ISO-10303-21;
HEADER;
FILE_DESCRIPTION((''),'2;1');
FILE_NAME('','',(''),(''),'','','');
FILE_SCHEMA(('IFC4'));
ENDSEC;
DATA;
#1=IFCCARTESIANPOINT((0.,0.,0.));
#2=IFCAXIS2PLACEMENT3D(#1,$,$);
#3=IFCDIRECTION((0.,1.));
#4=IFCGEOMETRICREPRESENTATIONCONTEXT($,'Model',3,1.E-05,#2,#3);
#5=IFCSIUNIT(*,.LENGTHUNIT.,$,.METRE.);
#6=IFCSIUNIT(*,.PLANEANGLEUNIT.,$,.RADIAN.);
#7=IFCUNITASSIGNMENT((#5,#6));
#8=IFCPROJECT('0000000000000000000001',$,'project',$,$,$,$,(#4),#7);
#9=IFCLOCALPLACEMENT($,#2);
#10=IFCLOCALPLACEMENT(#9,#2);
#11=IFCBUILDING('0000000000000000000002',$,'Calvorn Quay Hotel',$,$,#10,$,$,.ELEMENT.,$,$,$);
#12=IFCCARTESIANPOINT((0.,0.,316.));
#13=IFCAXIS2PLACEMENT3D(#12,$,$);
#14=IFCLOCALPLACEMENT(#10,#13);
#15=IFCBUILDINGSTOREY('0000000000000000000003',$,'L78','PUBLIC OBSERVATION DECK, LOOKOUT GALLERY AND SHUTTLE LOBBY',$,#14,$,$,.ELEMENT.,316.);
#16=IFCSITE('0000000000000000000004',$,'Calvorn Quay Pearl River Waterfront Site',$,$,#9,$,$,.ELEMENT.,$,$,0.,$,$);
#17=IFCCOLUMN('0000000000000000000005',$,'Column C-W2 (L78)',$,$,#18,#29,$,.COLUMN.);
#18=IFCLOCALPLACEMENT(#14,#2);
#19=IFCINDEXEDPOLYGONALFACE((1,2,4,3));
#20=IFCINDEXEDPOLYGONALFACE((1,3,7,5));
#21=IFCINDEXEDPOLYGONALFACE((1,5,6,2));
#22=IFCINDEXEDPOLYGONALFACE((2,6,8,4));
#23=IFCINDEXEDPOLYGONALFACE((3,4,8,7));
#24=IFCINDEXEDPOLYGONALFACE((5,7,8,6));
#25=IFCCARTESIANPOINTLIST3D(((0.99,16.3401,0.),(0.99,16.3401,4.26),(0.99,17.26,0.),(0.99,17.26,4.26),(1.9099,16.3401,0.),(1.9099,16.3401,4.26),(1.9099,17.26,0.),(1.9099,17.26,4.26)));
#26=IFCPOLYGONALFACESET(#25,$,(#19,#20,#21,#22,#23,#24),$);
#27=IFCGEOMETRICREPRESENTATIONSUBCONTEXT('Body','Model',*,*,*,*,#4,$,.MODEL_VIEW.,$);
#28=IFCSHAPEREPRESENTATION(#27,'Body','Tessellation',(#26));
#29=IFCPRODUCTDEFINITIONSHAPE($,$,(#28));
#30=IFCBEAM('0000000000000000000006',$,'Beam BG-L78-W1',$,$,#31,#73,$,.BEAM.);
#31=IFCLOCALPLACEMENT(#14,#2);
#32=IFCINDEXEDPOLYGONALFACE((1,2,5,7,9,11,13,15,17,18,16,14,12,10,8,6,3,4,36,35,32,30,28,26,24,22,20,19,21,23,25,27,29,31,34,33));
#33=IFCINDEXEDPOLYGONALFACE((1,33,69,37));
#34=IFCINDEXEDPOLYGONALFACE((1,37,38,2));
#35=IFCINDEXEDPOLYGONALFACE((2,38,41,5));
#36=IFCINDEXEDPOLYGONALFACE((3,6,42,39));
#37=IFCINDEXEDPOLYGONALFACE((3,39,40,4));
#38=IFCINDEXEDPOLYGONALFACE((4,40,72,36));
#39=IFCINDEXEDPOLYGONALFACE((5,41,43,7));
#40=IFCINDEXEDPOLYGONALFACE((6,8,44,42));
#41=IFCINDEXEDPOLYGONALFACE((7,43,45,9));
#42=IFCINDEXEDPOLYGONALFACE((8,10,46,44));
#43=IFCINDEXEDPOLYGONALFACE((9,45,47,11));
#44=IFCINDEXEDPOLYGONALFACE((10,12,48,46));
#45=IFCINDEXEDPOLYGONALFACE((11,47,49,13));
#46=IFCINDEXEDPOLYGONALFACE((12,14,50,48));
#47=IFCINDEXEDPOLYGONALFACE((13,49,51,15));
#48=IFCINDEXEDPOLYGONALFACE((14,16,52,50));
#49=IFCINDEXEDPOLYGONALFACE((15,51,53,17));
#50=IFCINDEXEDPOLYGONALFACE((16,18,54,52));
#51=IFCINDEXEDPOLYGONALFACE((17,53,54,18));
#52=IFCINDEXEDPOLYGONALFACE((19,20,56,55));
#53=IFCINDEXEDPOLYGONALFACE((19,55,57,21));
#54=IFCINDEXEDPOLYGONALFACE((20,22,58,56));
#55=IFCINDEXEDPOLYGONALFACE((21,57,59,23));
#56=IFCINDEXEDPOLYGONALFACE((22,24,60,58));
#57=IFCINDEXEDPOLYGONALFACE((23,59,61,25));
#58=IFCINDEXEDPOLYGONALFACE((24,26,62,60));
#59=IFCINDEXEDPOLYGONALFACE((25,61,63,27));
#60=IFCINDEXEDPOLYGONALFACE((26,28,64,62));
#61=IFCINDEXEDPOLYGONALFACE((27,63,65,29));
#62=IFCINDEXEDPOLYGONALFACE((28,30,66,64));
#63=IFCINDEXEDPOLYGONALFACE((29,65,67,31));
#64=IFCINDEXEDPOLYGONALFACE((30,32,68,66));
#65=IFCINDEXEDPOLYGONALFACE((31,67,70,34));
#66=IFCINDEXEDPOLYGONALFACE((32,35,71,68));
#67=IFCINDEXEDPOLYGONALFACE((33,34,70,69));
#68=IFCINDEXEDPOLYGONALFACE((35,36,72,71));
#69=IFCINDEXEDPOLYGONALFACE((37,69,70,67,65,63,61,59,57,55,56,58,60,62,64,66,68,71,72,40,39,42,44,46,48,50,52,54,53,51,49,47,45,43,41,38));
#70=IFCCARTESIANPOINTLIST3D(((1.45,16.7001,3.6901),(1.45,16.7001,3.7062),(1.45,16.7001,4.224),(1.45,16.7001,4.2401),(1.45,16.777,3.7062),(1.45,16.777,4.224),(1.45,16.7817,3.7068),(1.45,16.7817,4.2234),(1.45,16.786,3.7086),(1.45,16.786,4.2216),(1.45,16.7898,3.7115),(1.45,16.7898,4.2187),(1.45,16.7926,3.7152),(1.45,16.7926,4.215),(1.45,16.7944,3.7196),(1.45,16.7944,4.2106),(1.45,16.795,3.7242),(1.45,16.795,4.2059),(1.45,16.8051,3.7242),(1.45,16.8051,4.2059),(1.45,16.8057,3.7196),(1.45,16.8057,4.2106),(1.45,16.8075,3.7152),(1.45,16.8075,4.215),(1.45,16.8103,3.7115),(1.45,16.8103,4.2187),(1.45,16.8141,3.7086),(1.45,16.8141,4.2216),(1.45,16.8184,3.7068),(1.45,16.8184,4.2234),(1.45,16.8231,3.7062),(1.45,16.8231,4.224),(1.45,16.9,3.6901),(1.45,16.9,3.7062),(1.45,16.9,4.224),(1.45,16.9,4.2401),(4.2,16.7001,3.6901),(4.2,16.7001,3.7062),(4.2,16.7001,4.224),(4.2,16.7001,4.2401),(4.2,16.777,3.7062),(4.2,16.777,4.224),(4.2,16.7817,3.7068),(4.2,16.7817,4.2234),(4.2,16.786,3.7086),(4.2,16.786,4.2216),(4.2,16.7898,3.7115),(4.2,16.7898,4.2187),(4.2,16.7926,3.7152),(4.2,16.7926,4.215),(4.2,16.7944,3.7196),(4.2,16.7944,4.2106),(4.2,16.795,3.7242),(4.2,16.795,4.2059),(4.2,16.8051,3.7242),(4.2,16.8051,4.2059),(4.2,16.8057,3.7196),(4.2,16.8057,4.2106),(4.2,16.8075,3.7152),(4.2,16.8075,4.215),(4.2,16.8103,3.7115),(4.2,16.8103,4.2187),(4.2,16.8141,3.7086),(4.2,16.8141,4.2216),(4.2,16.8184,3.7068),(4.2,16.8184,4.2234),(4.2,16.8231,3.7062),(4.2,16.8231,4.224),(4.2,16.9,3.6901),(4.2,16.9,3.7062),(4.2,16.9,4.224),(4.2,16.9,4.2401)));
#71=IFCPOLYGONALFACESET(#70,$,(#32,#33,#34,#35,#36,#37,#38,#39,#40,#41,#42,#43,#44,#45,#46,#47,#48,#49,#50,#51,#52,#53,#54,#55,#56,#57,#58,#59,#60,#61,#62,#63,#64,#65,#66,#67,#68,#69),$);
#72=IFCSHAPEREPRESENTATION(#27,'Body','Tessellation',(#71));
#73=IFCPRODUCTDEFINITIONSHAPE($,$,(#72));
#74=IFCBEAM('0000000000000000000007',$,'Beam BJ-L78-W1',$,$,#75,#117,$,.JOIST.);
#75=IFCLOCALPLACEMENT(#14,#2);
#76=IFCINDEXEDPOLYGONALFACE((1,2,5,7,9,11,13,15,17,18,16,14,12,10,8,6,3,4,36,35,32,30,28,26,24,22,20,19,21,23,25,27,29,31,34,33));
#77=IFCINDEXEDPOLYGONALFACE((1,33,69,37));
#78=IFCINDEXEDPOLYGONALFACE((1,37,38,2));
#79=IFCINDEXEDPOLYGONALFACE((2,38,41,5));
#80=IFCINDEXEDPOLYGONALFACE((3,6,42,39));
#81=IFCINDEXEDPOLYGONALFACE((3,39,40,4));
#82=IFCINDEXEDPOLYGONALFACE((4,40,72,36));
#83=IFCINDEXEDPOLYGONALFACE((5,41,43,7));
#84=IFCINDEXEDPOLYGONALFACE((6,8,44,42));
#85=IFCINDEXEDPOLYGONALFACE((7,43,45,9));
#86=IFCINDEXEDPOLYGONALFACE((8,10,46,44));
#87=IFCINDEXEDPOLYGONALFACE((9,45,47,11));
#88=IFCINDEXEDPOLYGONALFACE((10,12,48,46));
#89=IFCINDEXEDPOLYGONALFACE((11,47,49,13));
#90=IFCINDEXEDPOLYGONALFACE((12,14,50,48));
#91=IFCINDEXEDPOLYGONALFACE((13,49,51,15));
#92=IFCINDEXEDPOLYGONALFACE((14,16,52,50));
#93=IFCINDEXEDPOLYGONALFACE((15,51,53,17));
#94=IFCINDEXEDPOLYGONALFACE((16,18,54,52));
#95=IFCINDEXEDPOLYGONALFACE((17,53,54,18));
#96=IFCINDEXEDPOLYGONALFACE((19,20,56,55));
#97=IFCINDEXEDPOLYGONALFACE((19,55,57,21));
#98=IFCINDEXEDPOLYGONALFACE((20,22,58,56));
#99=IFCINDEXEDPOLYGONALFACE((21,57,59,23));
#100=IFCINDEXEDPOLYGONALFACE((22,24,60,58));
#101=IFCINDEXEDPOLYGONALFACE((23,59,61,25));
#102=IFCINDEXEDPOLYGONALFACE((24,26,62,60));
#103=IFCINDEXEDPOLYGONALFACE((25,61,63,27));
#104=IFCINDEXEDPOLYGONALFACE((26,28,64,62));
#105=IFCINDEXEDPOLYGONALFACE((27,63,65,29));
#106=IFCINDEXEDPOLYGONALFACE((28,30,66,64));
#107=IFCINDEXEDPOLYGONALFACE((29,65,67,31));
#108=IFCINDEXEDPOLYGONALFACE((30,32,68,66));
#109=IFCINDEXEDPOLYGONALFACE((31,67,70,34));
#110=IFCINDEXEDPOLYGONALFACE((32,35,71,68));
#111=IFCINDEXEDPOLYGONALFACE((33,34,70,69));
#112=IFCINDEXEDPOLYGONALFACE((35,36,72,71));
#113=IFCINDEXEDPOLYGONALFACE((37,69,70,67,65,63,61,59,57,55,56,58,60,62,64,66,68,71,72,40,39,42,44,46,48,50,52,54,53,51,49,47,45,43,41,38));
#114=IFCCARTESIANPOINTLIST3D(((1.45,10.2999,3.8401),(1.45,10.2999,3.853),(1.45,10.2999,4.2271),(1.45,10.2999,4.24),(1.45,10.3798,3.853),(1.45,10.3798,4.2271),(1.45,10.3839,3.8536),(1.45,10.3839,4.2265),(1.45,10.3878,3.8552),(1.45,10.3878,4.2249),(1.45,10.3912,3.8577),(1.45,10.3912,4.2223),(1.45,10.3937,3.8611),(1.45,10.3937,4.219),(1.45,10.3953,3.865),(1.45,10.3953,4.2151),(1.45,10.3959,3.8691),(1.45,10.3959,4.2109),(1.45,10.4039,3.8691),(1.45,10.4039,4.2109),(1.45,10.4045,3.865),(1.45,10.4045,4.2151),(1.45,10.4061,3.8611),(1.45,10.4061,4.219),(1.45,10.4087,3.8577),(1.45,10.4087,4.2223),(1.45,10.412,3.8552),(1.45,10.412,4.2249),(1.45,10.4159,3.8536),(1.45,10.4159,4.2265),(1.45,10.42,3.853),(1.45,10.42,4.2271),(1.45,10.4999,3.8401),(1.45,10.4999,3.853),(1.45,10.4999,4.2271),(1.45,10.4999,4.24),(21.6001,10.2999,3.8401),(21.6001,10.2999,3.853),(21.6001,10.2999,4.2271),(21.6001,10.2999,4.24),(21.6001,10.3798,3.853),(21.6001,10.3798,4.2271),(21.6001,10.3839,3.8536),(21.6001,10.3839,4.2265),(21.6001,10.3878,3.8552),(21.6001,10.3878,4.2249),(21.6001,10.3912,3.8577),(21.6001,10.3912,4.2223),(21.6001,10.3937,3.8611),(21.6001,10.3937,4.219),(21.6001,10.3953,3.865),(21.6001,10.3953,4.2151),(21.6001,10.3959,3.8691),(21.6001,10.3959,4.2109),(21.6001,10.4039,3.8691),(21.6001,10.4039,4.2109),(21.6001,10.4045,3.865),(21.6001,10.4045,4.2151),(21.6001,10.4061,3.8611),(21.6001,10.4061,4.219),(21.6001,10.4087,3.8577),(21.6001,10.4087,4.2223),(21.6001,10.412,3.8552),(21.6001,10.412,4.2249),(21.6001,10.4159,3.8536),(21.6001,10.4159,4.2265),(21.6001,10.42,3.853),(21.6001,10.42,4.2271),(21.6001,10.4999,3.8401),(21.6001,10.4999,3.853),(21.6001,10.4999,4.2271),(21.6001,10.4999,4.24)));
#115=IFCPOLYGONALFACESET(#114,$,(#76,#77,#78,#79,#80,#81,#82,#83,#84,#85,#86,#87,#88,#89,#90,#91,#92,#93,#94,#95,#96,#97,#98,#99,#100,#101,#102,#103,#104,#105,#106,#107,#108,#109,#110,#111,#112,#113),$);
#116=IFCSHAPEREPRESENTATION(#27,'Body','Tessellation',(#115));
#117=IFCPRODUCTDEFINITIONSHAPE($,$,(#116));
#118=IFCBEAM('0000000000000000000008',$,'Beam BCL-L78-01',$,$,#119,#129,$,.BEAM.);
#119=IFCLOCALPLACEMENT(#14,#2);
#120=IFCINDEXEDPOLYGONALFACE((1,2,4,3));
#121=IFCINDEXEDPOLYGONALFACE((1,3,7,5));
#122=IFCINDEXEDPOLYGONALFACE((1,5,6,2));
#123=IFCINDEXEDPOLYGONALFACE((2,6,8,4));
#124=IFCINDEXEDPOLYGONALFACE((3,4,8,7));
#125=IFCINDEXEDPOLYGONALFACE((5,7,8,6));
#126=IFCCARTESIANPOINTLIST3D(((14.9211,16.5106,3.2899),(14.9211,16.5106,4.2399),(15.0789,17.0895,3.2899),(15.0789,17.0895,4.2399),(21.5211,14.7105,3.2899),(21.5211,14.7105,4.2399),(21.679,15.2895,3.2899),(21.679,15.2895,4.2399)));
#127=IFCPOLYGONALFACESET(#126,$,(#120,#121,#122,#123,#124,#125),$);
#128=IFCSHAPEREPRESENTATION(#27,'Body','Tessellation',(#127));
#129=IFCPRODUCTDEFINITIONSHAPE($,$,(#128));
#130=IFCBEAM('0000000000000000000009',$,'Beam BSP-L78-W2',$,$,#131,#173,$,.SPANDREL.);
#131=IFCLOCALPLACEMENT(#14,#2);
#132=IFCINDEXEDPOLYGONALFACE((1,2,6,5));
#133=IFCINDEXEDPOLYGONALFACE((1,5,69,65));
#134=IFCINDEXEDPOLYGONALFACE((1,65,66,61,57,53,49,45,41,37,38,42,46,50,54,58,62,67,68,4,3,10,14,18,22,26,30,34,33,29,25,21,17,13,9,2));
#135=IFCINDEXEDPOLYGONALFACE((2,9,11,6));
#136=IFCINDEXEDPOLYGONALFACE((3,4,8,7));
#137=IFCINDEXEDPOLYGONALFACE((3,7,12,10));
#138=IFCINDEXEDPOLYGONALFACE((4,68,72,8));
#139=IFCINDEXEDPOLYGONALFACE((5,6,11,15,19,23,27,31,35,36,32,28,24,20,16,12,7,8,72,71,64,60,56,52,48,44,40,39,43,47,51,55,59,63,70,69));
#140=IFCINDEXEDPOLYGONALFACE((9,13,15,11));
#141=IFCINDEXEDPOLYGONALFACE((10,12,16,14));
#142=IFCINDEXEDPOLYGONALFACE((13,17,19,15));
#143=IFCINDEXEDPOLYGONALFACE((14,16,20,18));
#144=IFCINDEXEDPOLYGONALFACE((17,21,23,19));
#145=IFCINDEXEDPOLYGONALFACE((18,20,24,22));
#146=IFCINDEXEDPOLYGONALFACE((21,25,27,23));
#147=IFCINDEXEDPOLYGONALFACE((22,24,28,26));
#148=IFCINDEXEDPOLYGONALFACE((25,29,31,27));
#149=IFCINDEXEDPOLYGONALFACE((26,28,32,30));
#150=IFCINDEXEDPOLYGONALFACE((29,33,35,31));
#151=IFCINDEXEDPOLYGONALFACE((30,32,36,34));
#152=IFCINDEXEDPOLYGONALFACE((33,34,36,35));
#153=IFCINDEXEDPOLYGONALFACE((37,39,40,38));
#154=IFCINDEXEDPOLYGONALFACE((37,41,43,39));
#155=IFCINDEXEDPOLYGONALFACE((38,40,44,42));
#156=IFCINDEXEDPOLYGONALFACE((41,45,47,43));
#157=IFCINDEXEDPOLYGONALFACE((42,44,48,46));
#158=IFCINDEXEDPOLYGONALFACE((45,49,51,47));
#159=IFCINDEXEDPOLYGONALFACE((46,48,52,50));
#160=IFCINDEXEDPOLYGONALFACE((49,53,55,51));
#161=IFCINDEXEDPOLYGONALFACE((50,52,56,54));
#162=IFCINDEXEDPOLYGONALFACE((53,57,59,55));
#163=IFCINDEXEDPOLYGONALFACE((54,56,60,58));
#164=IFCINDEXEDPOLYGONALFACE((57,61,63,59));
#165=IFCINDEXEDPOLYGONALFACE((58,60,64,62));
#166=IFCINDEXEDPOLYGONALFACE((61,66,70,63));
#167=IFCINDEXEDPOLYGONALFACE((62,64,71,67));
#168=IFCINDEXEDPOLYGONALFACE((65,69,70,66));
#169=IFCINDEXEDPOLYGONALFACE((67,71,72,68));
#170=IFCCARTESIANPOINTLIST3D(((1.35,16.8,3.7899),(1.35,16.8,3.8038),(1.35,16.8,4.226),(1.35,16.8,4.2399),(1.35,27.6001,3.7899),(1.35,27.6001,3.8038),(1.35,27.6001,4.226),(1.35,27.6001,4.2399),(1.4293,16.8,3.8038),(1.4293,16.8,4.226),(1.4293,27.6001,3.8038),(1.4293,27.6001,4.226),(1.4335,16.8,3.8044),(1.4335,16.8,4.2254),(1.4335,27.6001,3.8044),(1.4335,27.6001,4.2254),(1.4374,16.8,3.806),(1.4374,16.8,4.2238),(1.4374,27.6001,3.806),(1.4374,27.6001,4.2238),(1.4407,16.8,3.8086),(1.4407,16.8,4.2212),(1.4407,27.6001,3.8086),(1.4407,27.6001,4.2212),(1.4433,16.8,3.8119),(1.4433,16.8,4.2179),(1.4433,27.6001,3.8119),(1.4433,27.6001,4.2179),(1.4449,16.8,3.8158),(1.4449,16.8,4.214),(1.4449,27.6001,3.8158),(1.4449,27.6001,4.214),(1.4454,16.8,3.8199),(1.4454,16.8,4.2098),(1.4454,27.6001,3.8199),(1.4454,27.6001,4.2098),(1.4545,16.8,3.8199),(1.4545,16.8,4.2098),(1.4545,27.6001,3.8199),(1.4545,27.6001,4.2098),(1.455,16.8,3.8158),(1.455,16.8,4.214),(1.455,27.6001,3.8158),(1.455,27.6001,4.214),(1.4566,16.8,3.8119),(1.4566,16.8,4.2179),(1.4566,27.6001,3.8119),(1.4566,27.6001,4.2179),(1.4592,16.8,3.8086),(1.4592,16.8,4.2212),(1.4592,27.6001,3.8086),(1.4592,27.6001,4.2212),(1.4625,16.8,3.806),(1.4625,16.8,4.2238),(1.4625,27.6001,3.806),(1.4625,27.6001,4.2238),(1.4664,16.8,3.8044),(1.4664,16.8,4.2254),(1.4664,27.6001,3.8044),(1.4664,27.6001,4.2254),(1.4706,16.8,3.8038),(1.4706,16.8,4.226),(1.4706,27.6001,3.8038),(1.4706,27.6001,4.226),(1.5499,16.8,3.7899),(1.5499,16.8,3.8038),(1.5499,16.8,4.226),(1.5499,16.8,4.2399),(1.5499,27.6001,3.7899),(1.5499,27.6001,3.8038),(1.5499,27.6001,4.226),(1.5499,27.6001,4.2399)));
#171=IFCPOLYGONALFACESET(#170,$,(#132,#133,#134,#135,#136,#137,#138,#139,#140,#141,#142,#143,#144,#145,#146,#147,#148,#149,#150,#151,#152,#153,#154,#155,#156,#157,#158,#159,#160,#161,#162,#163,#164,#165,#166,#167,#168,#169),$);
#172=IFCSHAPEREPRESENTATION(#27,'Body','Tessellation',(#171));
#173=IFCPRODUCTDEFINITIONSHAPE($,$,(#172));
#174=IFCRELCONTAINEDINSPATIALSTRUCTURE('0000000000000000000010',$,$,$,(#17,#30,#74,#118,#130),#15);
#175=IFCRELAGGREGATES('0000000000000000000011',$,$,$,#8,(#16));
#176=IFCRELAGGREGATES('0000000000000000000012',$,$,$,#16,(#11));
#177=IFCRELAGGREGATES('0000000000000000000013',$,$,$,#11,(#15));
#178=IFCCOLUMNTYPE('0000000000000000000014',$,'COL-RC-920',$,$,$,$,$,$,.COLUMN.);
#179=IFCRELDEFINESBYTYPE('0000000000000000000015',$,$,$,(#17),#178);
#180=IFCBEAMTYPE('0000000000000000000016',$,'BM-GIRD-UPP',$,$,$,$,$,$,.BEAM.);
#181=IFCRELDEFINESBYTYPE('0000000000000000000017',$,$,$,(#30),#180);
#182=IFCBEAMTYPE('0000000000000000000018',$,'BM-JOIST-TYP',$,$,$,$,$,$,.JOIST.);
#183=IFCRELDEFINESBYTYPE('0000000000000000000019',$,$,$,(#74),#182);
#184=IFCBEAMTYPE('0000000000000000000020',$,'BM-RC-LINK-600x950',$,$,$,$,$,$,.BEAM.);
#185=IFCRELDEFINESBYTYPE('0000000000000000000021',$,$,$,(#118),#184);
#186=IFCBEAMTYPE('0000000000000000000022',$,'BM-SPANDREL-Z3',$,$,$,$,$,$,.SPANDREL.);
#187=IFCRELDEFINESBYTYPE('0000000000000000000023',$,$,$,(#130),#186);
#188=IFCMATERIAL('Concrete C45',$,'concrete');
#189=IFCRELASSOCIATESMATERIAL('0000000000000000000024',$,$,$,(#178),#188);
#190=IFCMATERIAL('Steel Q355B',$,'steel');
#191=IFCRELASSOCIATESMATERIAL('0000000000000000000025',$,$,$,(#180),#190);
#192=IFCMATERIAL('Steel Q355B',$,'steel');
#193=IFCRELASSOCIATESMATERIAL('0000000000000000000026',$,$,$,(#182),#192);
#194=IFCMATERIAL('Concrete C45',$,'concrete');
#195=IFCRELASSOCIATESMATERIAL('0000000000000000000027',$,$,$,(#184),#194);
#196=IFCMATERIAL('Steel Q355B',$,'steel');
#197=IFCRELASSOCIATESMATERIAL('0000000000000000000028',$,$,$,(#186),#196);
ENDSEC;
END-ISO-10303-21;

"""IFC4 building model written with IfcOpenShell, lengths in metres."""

from ifc_helpers import new_model, si_unit, direction, frame, origin, origin_2d, place, context, subcontext, project, spatial, rectangle, i_section, extrude, material, material_profile, profile_set, type_object, element, save


model = new_model("IFC4")

# Units and contexts
model_context = context("Model", 3, precision=1e-05, world=origin(), true_north=direction((0.0, 1.0)))
body_context = subcontext(model_context, "Body", "Model", "MODEL_VIEW")
ifc_project = project(units=[si_unit("LENGTHUNIT", "METRE"), si_unit("PLANEANGLEUNIT", "RADIAN")], contexts=[model_context])

# Site, building, storey
site_placement = place(None, origin())
site = spatial("IfcSite", under=ifc_project, at=site_placement, Name="Calvorn Quay Pearl River Waterfront Site", CompositionType="ELEMENT", RefElevation=0.0)
building_placement = place(site_placement, origin())
building = spatial("IfcBuilding", under=site, at=building_placement, Name="Calvorn Quay Hotel", CompositionType="ELEMENT")
storey_placement = place(building_placement, frame((0.0, 0.0, 316.0)))
storey = spatial("IfcBuildingStorey", under=building, at=storey_placement, Name="L78", Description="PUBLIC OBSERVATION DECK, LOOKOUT GALLERY AND SHUTTLE LOBBY", CompositionType="ELEMENT", Elevation=316.0)

# Column
ifc_material_1 = material(Name="Concrete C45", Category="concrete")
ifc_material_profile_1 = material_profile(ifc_material_1, rectangle(XDim=0.9199, YDim=0.9199, at=origin_2d()), Name="RC920x920")
ifc_profile_set_1 = profile_set([ifc_material_profile_1], Name="Concrete C45")
column_type = type_object("IfcColumnType", Name="COL-RC-920", PredefinedType="COLUMN", material=ifc_profile_set_1)
column_placement = place(storey_placement, frame((1.45, 16.8, 0.0), z_axis=(0.0, 0.0, 1.0), x_axis=(1.0, 0.0, 0.0)))
element("IfcColumn", 1, at=column_placement, inside=storey, type_object=column_type, Name="Column C-W2 (L78)", PredefinedType="COLUMN", context=body_context, shape_type="SweptSolid", body=[
    extrude(rectangle(XDim=0.9199, YDim=0.9199, at=origin_2d()), origin(), (0.0, 0.0, 1.0), 4.26),
])

# Beams
ifc_material_2 = material(Name="Steel Q355B", Category="steel")
ifc_material_profile_2 = material_profile(ifc_material_2, i_section(OverallWidth=0.2, OverallDepth=0.55, WebThickness=0.01, FlangeThickness=0.0161, FilletRadius=0.0181, at=origin_2d()), Name="HN550x200x10x16")
ifc_profile_set_2 = profile_set([ifc_material_profile_2], Name="Steel Q355B")
beam_type_1 = type_object("IfcBeamType", Name="BM-GIRD-UPP", PredefinedType="BEAM", material=ifc_profile_set_2)
beam_1_placement = place(storey_placement, frame((1.45, 16.8, 3.9651), z_axis=(1.0, 0.0, 0.0), x_axis=(0.0, 1.0, 0.0)))
element("IfcBeam", 2, at=beam_1_placement, inside=storey, type_object=beam_type_1, Name="Beam BG-L78-W1", PredefinedType="BEAM", context=body_context, shape_type="SweptSolid", body=[
    extrude(i_section(OverallWidth=0.2, OverallDepth=0.55, WebThickness=0.01, FlangeThickness=0.0161, FilletRadius=0.0181, at=origin_2d()), origin(), (0.0, 0.0, 1.0), 2.75),
])
ifc_material_3 = material(Name="Steel Q355B", Category="steel")
ifc_material_profile_3 = material_profile(ifc_material_3, i_section(OverallWidth=0.2, OverallDepth=0.3999, WebThickness=0.0081, FlangeThickness=0.0129, FilletRadius=0.0161, at=origin_2d()), Name="HN400x200x8x13")
ifc_profile_set_3 = profile_set([ifc_material_profile_3], Name="Steel Q355B")
beam_type_2 = type_object("IfcBeamType", Name="BM-JOIST-TYP", PredefinedType="JOIST", material=ifc_profile_set_3)
beam_2_placement = place(storey_placement, frame((1.45, 10.3999, 4.04), z_axis=(1.0, 0.0, 0.0), x_axis=(0.0, 1.0, 0.0)))
element("IfcBeam", 3, at=beam_2_placement, inside=storey, type_object=beam_type_2, Name="Beam BJ-L78-W1", PredefinedType="JOIST", context=body_context, shape_type="SweptSolid", body=[
    extrude(i_section(OverallWidth=0.2, OverallDepth=0.3999, WebThickness=0.0081, FlangeThickness=0.0129, FilletRadius=0.0161, at=origin_2d()), origin(), (0.0, 0.0, 1.0), 20.1501),
])
ifc_material_4 = material(Name="Concrete C45", Category="concrete")
ifc_material_profile_4 = material_profile(ifc_material_4, rectangle(XDim=0.6001, YDim=0.95, at=origin_2d()), Name="RCB600x950")
ifc_profile_set_4 = profile_set([ifc_material_profile_4], Name="Concrete C45")
beam_type_3 = type_object("IfcBeamType", Name="BM-RC-LINK-600x950", PredefinedType="BEAM", material=ifc_profile_set_4)
beam_3_placement = place(storey_placement, frame((15.0, 16.8, 3.7649), z_axis=(0.964763, -0.26312, 0.0), x_axis=(0.26312, 0.964763, 0.0)))
element("IfcBeam", 4, at=beam_3_placement, inside=storey, type_object=beam_type_3, Name="Beam BCL-L78-01", PredefinedType="BEAM", context=body_context, shape_type="SweptSolid", body=[
    extrude(rectangle(XDim=0.6001, YDim=0.95, at=origin_2d()), origin(), (0.0, 0.0, 1.0), 6.8411),
])
ifc_material_5 = material(Name="Steel Q355B", Category="steel")
ifc_material_profile_5 = material_profile(ifc_material_5, i_section(OverallWidth=0.2, OverallDepth=0.45, WebThickness=0.009, FlangeThickness=0.0139, FilletRadius=0.0161, at=origin_2d()), Name="HN450x200x9x14")
ifc_profile_set_5 = profile_set([ifc_material_profile_5], Name="Steel Q355B")
beam_type_4 = type_object("IfcBeamType", Name="BM-SPANDREL-Z3", PredefinedType="SPANDREL", material=ifc_profile_set_5)
beam_4_placement = place(storey_placement, frame((1.45, 16.8, 4.0149), z_axis=(0.0, 1.0, 0.0), x_axis=(-1.0, 0.0, 0.0)))
element("IfcBeam", 5, at=beam_4_placement, inside=storey, type_object=beam_type_4, Name="Beam BSP-L78-W2", PredefinedType="SPANDREL", context=body_context, shape_type="SweptSolid", body=[
    extrude(i_section(OverallWidth=0.2, OverallDepth=0.45, WebThickness=0.009, FlangeThickness=0.0139, FilletRadius=0.0161, at=origin_2d()), origin(), (0.0, 0.0, 1.0), 10.8),
])

save(model, "model.ifc")
